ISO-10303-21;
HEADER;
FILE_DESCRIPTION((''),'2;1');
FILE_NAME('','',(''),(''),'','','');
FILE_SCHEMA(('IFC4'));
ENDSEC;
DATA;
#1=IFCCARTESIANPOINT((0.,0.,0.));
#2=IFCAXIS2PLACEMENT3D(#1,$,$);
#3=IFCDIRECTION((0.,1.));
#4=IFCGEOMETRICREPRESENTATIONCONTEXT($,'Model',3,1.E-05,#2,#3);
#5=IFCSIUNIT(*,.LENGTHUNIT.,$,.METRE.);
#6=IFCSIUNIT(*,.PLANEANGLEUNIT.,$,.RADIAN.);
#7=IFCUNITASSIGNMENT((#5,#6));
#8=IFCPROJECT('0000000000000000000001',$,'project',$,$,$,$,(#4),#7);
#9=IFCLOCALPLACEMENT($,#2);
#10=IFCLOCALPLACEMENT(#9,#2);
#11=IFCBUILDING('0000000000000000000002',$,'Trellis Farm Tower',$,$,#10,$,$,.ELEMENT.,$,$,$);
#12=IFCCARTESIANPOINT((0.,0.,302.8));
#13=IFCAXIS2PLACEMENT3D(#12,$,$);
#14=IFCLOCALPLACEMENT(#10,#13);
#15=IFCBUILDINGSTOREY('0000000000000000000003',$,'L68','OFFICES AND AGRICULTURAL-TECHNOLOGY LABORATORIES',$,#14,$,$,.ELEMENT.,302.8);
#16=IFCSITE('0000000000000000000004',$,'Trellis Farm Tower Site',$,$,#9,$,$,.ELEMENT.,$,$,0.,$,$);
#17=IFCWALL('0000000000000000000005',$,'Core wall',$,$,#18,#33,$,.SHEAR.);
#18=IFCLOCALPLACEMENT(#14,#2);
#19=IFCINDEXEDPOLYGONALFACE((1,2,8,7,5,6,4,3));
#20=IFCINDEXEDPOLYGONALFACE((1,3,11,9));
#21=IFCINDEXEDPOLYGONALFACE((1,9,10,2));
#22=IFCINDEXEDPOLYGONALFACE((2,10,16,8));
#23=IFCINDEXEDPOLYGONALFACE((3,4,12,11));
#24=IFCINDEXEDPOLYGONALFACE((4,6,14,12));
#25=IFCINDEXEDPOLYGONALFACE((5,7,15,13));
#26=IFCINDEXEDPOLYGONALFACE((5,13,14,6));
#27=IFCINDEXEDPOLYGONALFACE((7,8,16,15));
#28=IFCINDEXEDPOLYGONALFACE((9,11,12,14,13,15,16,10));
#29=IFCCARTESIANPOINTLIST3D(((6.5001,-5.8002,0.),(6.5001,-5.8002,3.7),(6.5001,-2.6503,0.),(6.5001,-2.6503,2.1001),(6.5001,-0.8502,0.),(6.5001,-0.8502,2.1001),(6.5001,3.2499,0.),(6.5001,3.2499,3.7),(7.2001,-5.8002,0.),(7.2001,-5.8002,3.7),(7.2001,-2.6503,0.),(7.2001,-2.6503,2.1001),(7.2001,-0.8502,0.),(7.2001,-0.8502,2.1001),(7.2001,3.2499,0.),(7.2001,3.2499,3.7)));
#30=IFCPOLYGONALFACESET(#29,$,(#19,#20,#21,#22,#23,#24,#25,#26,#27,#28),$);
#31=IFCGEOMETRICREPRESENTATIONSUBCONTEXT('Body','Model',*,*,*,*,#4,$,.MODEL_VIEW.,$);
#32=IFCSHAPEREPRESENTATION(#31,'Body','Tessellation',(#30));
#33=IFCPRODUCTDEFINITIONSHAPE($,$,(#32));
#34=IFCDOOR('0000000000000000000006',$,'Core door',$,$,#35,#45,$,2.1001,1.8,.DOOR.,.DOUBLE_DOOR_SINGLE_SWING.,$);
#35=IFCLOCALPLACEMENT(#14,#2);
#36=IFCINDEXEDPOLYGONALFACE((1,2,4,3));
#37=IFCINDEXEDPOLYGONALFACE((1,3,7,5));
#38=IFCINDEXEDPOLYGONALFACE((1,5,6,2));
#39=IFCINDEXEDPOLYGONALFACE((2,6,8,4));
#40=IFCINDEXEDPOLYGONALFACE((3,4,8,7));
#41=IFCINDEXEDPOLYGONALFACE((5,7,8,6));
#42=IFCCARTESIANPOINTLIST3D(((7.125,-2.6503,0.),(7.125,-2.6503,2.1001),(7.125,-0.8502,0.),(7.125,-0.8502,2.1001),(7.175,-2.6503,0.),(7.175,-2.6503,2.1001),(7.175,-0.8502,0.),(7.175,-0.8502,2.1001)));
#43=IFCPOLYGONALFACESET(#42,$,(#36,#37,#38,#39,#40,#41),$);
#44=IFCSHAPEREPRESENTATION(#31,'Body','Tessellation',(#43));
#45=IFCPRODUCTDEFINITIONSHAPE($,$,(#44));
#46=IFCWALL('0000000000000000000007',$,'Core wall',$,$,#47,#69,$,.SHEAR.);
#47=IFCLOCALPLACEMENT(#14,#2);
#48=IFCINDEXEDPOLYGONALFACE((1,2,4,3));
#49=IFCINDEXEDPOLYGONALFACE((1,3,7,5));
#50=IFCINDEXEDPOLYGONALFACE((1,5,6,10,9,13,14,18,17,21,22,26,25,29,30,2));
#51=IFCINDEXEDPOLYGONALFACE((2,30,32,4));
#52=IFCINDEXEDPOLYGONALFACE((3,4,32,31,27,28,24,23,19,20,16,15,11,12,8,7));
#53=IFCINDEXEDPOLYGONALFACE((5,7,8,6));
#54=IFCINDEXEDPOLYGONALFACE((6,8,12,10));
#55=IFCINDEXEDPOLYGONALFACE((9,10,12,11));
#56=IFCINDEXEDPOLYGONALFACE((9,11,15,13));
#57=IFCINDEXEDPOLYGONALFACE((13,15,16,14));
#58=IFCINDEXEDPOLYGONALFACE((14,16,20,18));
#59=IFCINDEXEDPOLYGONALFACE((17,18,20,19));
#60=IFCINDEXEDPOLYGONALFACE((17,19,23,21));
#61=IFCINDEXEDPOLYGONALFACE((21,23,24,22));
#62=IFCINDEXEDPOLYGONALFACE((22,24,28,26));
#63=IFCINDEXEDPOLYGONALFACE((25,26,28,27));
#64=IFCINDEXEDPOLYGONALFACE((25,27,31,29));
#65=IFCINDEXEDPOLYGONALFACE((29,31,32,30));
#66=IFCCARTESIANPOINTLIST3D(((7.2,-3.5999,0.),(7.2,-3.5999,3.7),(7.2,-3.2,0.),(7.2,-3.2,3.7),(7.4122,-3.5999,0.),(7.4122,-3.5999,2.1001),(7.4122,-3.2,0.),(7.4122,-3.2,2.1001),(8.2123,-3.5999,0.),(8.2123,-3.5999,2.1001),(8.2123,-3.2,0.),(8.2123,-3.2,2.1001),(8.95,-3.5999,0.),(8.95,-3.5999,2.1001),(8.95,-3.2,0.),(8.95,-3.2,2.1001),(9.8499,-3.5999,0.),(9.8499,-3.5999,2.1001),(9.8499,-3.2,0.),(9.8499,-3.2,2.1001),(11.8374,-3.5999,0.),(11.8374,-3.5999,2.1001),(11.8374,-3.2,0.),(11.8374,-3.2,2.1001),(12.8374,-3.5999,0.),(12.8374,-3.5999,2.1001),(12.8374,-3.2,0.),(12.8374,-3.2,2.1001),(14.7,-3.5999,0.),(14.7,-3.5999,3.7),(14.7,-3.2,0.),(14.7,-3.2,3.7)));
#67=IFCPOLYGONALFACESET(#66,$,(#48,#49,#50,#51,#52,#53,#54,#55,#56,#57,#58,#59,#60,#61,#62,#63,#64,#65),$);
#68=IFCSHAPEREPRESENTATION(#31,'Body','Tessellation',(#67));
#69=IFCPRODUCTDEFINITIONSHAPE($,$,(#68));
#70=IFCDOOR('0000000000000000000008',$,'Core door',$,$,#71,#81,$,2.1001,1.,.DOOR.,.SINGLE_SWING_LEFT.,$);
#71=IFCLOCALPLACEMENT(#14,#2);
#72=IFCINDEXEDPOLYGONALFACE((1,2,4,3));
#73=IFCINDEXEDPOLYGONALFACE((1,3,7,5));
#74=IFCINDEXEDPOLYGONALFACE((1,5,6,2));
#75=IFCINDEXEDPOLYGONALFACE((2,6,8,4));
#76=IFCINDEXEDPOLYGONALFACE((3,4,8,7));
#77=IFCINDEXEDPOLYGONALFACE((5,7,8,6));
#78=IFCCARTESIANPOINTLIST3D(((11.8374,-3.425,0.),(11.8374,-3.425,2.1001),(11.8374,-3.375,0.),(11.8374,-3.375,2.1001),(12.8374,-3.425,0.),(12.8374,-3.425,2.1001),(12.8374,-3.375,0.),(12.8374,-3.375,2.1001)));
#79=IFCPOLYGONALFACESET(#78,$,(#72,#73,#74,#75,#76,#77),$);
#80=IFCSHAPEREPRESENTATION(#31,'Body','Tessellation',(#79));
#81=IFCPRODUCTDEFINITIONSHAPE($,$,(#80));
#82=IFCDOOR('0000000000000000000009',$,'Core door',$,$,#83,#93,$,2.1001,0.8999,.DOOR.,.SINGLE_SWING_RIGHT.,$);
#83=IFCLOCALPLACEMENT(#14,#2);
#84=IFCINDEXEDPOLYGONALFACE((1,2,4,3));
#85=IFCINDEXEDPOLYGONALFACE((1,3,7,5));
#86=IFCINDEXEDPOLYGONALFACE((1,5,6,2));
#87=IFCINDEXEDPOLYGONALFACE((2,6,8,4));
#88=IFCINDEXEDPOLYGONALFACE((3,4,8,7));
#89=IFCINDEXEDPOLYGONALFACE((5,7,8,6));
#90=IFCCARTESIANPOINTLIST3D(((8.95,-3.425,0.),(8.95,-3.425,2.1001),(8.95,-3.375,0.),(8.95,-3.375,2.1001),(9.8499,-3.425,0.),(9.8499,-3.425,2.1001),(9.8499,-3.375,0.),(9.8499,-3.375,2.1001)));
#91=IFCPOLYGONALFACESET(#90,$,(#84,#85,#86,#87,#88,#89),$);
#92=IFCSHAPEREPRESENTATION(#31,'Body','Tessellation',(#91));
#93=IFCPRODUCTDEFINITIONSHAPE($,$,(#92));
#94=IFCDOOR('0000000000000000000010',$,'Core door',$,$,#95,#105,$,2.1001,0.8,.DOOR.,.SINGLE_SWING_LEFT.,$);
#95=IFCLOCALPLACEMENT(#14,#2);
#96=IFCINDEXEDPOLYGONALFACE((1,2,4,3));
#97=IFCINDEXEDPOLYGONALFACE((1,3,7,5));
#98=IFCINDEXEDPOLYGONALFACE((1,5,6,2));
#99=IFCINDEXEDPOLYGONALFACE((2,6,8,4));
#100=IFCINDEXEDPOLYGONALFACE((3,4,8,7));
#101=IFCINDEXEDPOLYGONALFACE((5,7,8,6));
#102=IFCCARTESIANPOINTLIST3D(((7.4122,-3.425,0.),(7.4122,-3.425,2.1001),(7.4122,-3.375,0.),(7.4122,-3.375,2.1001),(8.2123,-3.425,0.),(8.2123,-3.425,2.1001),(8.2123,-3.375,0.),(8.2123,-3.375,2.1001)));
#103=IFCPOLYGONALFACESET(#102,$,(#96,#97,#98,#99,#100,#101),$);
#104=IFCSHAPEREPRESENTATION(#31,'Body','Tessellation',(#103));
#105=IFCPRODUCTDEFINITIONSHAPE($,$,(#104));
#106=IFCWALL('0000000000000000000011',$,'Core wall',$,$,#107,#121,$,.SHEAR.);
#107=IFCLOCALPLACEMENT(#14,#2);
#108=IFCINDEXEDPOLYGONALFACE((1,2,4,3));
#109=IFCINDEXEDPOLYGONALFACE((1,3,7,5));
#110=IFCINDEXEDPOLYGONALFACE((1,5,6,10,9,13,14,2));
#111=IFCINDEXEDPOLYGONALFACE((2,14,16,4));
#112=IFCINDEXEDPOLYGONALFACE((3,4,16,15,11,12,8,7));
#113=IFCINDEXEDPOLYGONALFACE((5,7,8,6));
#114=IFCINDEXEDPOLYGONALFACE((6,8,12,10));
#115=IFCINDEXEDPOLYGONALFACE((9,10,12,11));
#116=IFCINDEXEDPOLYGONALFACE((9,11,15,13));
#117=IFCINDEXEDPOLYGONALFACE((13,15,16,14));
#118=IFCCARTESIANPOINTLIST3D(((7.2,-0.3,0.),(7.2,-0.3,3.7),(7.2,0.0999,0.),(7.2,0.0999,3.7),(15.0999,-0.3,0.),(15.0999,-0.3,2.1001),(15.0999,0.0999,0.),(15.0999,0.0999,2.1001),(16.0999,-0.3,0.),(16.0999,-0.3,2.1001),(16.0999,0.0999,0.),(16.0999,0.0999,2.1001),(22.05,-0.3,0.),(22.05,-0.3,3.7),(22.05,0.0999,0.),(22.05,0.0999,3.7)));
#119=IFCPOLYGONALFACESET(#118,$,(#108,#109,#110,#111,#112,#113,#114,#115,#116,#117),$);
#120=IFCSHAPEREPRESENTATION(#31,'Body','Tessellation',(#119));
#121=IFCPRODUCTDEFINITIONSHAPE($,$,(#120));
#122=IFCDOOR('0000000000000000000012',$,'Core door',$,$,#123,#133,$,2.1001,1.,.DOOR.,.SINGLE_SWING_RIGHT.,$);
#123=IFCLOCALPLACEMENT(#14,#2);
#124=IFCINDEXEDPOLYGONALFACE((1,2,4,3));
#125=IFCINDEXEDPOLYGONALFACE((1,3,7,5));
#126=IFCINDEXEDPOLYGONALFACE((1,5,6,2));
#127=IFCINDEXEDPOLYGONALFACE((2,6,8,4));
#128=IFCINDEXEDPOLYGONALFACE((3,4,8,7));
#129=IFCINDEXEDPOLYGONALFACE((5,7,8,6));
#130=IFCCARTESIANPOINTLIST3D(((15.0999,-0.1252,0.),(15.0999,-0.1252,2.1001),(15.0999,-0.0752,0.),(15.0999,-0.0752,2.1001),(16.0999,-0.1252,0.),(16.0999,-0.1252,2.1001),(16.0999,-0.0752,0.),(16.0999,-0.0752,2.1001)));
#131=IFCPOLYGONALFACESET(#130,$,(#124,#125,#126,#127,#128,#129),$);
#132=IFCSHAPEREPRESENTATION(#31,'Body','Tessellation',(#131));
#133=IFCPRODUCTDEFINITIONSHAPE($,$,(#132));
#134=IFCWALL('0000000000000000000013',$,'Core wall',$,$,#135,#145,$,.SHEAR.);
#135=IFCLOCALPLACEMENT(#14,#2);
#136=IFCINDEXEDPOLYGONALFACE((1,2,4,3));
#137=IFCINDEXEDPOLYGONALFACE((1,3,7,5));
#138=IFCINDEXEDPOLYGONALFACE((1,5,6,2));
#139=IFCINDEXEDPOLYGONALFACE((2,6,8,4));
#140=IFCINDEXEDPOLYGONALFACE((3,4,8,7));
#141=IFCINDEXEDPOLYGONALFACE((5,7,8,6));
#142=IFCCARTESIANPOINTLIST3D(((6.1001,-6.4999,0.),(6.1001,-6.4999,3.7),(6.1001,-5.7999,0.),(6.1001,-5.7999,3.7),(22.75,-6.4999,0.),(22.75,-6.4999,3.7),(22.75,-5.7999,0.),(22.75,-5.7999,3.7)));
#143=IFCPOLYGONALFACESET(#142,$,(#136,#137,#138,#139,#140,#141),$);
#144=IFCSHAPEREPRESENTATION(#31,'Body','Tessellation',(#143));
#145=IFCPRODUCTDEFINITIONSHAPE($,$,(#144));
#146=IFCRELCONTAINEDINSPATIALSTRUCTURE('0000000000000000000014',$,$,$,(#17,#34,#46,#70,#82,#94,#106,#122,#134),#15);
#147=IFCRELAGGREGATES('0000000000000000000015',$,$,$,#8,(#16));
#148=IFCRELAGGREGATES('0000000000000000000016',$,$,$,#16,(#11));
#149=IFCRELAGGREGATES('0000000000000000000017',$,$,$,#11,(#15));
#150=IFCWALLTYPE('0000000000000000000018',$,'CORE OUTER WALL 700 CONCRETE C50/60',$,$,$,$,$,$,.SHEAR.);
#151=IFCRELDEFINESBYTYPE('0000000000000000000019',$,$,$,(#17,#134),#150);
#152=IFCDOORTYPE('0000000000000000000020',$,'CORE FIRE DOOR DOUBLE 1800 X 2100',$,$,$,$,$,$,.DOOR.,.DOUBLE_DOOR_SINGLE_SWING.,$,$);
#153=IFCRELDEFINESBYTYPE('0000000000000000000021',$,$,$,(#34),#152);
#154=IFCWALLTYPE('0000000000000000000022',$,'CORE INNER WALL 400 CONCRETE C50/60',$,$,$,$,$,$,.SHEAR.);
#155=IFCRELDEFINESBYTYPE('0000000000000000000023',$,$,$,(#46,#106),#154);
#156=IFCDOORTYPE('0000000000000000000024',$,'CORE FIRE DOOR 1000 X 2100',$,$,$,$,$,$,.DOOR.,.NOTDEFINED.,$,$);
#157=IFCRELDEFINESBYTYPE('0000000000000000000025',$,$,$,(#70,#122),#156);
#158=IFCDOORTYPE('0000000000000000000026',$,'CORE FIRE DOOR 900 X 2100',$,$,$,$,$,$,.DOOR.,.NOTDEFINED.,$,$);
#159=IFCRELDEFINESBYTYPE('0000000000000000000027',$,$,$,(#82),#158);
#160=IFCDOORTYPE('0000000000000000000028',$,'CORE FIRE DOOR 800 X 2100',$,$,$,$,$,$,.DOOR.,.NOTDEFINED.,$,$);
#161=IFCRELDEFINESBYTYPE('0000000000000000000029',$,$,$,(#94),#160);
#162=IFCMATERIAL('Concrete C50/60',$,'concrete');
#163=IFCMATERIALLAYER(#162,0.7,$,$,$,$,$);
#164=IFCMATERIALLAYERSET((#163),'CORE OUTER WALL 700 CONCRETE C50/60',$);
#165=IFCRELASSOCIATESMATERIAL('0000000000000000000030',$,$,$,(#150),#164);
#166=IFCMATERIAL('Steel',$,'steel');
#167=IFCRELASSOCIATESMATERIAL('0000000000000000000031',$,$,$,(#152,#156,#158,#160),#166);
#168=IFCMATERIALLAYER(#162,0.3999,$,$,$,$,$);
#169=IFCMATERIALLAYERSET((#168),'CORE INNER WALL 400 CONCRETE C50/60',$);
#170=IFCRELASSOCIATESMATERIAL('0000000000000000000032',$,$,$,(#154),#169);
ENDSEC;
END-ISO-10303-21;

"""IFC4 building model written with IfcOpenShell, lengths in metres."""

from ifc_helpers import new_model, si_unit, direction, frame, frame_2d, origin, place, context, subcontext, project, spatial, rectangle, extrude, source, transform, mapped, material, layer, layer_set, type_object, element, fill, save


model = new_model("IFC4")

# Units and contexts
model_context = context("Model", 3, precision=1e-05, world=origin(), true_north=direction((0.0, 1.0)))
body_context = subcontext(model_context, "Body", "Model", "MODEL_VIEW")
ifc_project = project(units=[si_unit("LENGTHUNIT", "METRE"), si_unit("PLANEANGLEUNIT", "RADIAN")], contexts=[model_context])

# Site, building, storey
site_placement = place(None, origin())
site = spatial("IfcSite", under=ifc_project, at=site_placement, Name="Trellis Farm Tower Site", CompositionType="ELEMENT", RefElevation=0.0)
building_placement = place(site_placement, origin())
building = spatial("IfcBuilding", under=site, at=building_placement, Name="Trellis Farm Tower", CompositionType="ELEMENT")
storey_placement = place(building_placement, frame((0.0, 0.0, 302.8)))
storey = spatial("IfcBuildingStorey", under=building, at=storey_placement, Name="L68", Description="OFFICES AND AGRICULTURAL-TECHNOLOGY LABORATORIES", CompositionType="ELEMENT", Elevation=302.8)

# Wall, opening, door
ifc_material_1 = material(Name="Concrete C50/60", Category="concrete")
ifc_layer_1 = layer(ifc_material_1, 0.7)
ifc_layer_set_1 = layer_set([ifc_layer_1], Name="CORE OUTER WALL 700 CONCRETE C50/60")
wall_type_1 = type_object("IfcWallType", Name="CORE OUTER WALL 700 CONCRETE C50/60", PredefinedType="SHEAR", material=ifc_layer_set_1)
shared_shape_1 = source(origin(), body_context, "Body", "SweptSolid", [
    extrude(rectangle(XDim=9.05, YDim=0.7, at=frame_2d((4.5249, 0.0))), origin(), (0.0, 0.0, 1.0), 3.7),
])
wall_1_placement = place(storey_placement, frame((6.8501, -5.8, 0.0), z_axis=(0.0, 0.0, 1.0), x_axis=(0.0, 1.0, 0.0)))
wall_1 = element("IfcWall", 1, at=wall_1_placement, inside=storey, type_object=wall_type_1, Name="Core wall", PredefinedType="SHEAR", context=body_context, shape_type="MappedRepresentation", body=[
    mapped(shared_shape_1, transform((0.0, 0.0, 0.0))),
])
shared_shape_2 = source(origin(), body_context, "Body", "SweptSolid", [
    extrude(rectangle(XDim=1.8, YDim=2.1001, at=frame_2d((0.8999, 1.05))), frame((0.0, 0.3601, 0.0), z_axis=(0.0, -1.0, 0.0), x_axis=(1.0, 0.0, 0.0)), (0.0, 0.0, 1.0), 0.7202),
])
opening_1_placement = place(wall_1_placement, frame((3.1499, 0.0, 0.0)))
opening_1 = element("IfcOpeningElement", 2, at=opening_1_placement, cuts=wall_1, PredefinedType="OPENING", context=body_context, shape_type="MappedRepresentation", body=[
    mapped(shared_shape_2, transform((0.0, 0.0, 0.0))),
])
ifc_material_2 = material(Name="Steel", Category="steel")
door_type_1 = type_object("IfcDoorType", Name="CORE FIRE DOOR DOUBLE 1800 X 2100", OperationType="DOUBLE_DOOR_SINGLE_SWING", PredefinedType="DOOR", material=ifc_material_2)
shared_shape_3 = source(origin(), body_context, "Body", "SweptSolid", [
    extrude(rectangle(XDim=1.8, YDim=2.1001, at=frame_2d((0.8999, 1.05))), frame((0.0, -0.2749, 0.0), z_axis=(0.0, -1.0, 0.0), x_axis=(1.0, 0.0, 0.0)), (0.0, 0.0, 1.0), 0.05),
])
door_1_placement = place(opening_1_placement, origin())
door_1 = element("IfcDoor", 3, at=door_1_placement, inside=storey, type_object=door_type_1, Name="Core door", OperationType="DOUBLE_DOOR_SINGLE_SWING", OverallHeight=2.1001, OverallWidth=1.8, PredefinedType="DOOR", context=body_context, shape_type="MappedRepresentation", body=[
    mapped(shared_shape_3, transform((0.0, 0.0, 0.0))),
])
fill(opening_1, door_1)

# Wall, openings, doors
ifc_layer_2 = layer(ifc_material_1, 0.3999)
ifc_layer_set_2 = layer_set([ifc_layer_2], Name="CORE INNER WALL 400 CONCRETE C50/60")
wall_type_2 = type_object("IfcWallType", Name="CORE INNER WALL 400 CONCRETE C50/60", PredefinedType="SHEAR", material=ifc_layer_set_2)
shared_shape_4 = source(origin(), body_context, "Body", "SweptSolid", [
    extrude(rectangle(XDim=7.5, YDim=0.3999, at=frame_2d((3.75, 0.0))), origin(), (0.0, 0.0, 1.0), 3.7),
])
wall_2_placement = place(storey_placement, frame((7.2, -3.3999, 0.0), z_axis=(0.0, 0.0, 1.0), x_axis=(1.0, 0.0, 0.0)))
wall_2 = element("IfcWall", 4, at=wall_2_placement, inside=storey, type_object=wall_type_2, Name="Core wall", PredefinedType="SHEAR", context=body_context, shape_type="MappedRepresentation", body=[
    mapped(shared_shape_4, transform((0.0, 0.0, 0.0))),
])
shared_shape_5 = source(origin(), body_context, "Body", "SweptSolid", [
    extrude(rectangle(XDim=0.8, YDim=2.1001, at=frame_2d((0.3999, 1.05))), frame((0.0, 0.21, 0.0), z_axis=(0.0, -1.0, 0.0), x_axis=(1.0, 0.0, 0.0)), (0.0, 0.0, 1.0), 0.4199),
])
opening_2_placement = place(wall_2_placement, frame((0.2124, 0.0, 0.0)))
opening_2 = element("IfcOpeningElement", 5, at=opening_2_placement, cuts=wall_2, PredefinedType="OPENING", context=body_context, shape_type="MappedRepresentation", body=[
    mapped(shared_shape_5, transform((0.0, 0.0, 0.0))),
])
shared_shape_6 = source(origin(), body_context, "Body", "SweptSolid", [
    extrude(rectangle(XDim=0.8999, YDim=2.1001, at=frame_2d((0.45, 1.05))), frame((0.0, 0.21, 0.0), z_axis=(0.0, -1.0, 0.0), x_axis=(1.0, 0.0, 0.0)), (0.0, 0.0, 1.0), 0.4199),
])
opening_3_placement = place(wall_2_placement, frame((1.75, 0.0, 0.0)))
opening_3 = element("IfcOpeningElement", 6, at=opening_3_placement, cuts=wall_2, PredefinedType="OPENING", context=body_context, shape_type="MappedRepresentation", body=[
    mapped(shared_shape_6, transform((0.0, 0.0, 0.0))),
])
shared_shape_7 = source(origin(), body_context, "Body", "SweptSolid", [
    extrude(rectangle(XDim=1.0, YDim=2.1001, at=frame_2d((0.5, 1.05))), frame((0.0, 0.21, 0.0), z_axis=(0.0, -1.0, 0.0), x_axis=(1.0, 0.0, 0.0)), (0.0, 0.0, 1.0), 0.4199),
])
opening_4_placement = place(wall_2_placement, frame((4.6375, 0.0, 0.0)))
opening_4 = element("IfcOpeningElement", 7, at=opening_4_placement, cuts=wall_2, PredefinedType="OPENING", context=body_context, shape_type="MappedRepresentation", body=[
    mapped(shared_shape_7, transform((0.0, 0.0, 0.0))),
])
door_type_2 = type_object("IfcDoorType", Name="CORE FIRE DOOR 1000 X 2100", OperationType="NOTDEFINED", PredefinedType="DOOR", material=ifc_material_2)
shared_shape_8 = source(origin(), body_context, "Body", "SweptSolid", [
    extrude(rectangle(XDim=1.0, YDim=2.1001, at=frame_2d((0.5, 1.05))), frame((0.0, 0.0249, 0.0), z_axis=(0.0, -1.0, 0.0), x_axis=(1.0, 0.0, 0.0)), (0.0, 0.0, 1.0), 0.05),
])
door_2_placement = place(opening_4_placement, origin())
door_2 = element("IfcDoor", 8, at=door_2_placement, inside=storey, type_object=door_type_2, Name="Core door", OperationType="SINGLE_SWING_LEFT", OverallHeight=2.1001, OverallWidth=1.0, PredefinedType="DOOR", context=body_context, shape_type="MappedRepresentation", body=[
    mapped(shared_shape_8, transform((0.0, 0.0, 0.0))),
])
fill(opening_4, door_2)
door_type_3 = type_object("IfcDoorType", Name="CORE FIRE DOOR 900 X 2100", OperationType="NOTDEFINED", PredefinedType="DOOR", material=ifc_material_2)
shared_shape_9 = source(origin(), body_context, "Body", "SweptSolid", [
    extrude(rectangle(XDim=0.8999, YDim=2.1001, at=frame_2d((0.45, 1.05))), frame((0.0, 0.0249, 0.0), z_axis=(0.0, -1.0, 0.0), x_axis=(1.0, 0.0, 0.0)), (0.0, 0.0, 1.0), 0.05),
])
door_3_placement = place(opening_3_placement, origin())
door_3 = element("IfcDoor", 9, at=door_3_placement, inside=storey, type_object=door_type_3, Name="Core door", OperationType="SINGLE_SWING_RIGHT", OverallHeight=2.1001, OverallWidth=0.8999, PredefinedType="DOOR", context=body_context, shape_type="MappedRepresentation", body=[
    mapped(shared_shape_9, transform((0.0, 0.0, 0.0))),
])
fill(opening_3, door_3)
door_type_4 = type_object("IfcDoorType", Name="CORE FIRE DOOR 800 X 2100", OperationType="NOTDEFINED", PredefinedType="DOOR", material=ifc_material_2)
shared_shape_10 = source(origin(), body_context, "Body", "SweptSolid", [
    extrude(rectangle(XDim=0.8, YDim=2.1001, at=frame_2d((0.3999, 1.05))), frame((0.0, 0.0249, 0.0), z_axis=(0.0, -1.0, 0.0), x_axis=(1.0, 0.0, 0.0)), (0.0, 0.0, 1.0), 0.05),
])
door_4_placement = place(opening_2_placement, origin())
door_4 = element("IfcDoor", 10, at=door_4_placement, inside=storey, type_object=door_type_4, Name="Core door", OperationType="SINGLE_SWING_LEFT", OverallHeight=2.1001, OverallWidth=0.8, PredefinedType="DOOR", context=body_context, shape_type="MappedRepresentation", body=[
    mapped(shared_shape_10, transform((0.0, 0.0, 0.0))),
])
fill(opening_2, door_4)

# Wall, opening, door
shared_shape_11 = source(origin(), body_context, "Body", "SweptSolid", [
    extrude(rectangle(XDim=14.8501, YDim=0.3999, at=frame_2d((7.425, 0.0))), origin(), (0.0, 0.0, 1.0), 3.7),
])
wall_3_placement = place(storey_placement, frame((7.2, -0.1001, 0.0), z_axis=(0.0, 0.0, 1.0), x_axis=(1.0, 0.0, 0.0)))
wall_3 = element("IfcWall", 11, at=wall_3_placement, inside=storey, type_object=wall_type_2, Name="Core wall", PredefinedType="SHEAR", context=body_context, shape_type="MappedRepresentation", body=[
    mapped(shared_shape_11, transform((0.0, 0.0, 0.0))),
])
opening_5_placement = place(wall_3_placement, frame((7.8999, 0.0, 0.0)))
opening_5 = element("IfcOpeningElement", 12, at=opening_5_placement, cuts=wall_3, PredefinedType="OPENING", context=body_context, shape_type="MappedRepresentation", body=[
    mapped(shared_shape_7, transform((0.0, 0.0, 0.0))),
])
door_5_placement = place(opening_5_placement, origin())
door_5 = element("IfcDoor", 13, at=door_5_placement, inside=storey, type_object=door_type_2, Name="Core door", OperationType="SINGLE_SWING_RIGHT", OverallHeight=2.1001, OverallWidth=1.0, PredefinedType="DOOR", context=body_context, shape_type="MappedRepresentation", body=[
    mapped(shared_shape_8, transform((0.0, 0.0, 0.0))),
])
fill(opening_5, door_5)

# Wall
shared_shape_12 = source(origin(), body_context, "Body", "SweptSolid", [
    extrude(rectangle(XDim=16.6499, YDim=0.7, at=frame_2d((8.325, 0.0))), origin(), (0.0, 0.0, 1.0), 3.7),
])
wall_4_placement = place(storey_placement, frame((6.1001, -6.1499, 0.0), z_axis=(0.0, 0.0, 1.0), x_axis=(1.0, 0.0, 0.0)))
element("IfcWall", 14, at=wall_4_placement, inside=storey, type_object=wall_type_1, Name="Core wall", PredefinedType="SHEAR", context=body_context, shape_type="MappedRepresentation", body=[
    mapped(shared_shape_12, transform((0.0, 0.0, 0.0))),
])

save(model, "model.ifc")
